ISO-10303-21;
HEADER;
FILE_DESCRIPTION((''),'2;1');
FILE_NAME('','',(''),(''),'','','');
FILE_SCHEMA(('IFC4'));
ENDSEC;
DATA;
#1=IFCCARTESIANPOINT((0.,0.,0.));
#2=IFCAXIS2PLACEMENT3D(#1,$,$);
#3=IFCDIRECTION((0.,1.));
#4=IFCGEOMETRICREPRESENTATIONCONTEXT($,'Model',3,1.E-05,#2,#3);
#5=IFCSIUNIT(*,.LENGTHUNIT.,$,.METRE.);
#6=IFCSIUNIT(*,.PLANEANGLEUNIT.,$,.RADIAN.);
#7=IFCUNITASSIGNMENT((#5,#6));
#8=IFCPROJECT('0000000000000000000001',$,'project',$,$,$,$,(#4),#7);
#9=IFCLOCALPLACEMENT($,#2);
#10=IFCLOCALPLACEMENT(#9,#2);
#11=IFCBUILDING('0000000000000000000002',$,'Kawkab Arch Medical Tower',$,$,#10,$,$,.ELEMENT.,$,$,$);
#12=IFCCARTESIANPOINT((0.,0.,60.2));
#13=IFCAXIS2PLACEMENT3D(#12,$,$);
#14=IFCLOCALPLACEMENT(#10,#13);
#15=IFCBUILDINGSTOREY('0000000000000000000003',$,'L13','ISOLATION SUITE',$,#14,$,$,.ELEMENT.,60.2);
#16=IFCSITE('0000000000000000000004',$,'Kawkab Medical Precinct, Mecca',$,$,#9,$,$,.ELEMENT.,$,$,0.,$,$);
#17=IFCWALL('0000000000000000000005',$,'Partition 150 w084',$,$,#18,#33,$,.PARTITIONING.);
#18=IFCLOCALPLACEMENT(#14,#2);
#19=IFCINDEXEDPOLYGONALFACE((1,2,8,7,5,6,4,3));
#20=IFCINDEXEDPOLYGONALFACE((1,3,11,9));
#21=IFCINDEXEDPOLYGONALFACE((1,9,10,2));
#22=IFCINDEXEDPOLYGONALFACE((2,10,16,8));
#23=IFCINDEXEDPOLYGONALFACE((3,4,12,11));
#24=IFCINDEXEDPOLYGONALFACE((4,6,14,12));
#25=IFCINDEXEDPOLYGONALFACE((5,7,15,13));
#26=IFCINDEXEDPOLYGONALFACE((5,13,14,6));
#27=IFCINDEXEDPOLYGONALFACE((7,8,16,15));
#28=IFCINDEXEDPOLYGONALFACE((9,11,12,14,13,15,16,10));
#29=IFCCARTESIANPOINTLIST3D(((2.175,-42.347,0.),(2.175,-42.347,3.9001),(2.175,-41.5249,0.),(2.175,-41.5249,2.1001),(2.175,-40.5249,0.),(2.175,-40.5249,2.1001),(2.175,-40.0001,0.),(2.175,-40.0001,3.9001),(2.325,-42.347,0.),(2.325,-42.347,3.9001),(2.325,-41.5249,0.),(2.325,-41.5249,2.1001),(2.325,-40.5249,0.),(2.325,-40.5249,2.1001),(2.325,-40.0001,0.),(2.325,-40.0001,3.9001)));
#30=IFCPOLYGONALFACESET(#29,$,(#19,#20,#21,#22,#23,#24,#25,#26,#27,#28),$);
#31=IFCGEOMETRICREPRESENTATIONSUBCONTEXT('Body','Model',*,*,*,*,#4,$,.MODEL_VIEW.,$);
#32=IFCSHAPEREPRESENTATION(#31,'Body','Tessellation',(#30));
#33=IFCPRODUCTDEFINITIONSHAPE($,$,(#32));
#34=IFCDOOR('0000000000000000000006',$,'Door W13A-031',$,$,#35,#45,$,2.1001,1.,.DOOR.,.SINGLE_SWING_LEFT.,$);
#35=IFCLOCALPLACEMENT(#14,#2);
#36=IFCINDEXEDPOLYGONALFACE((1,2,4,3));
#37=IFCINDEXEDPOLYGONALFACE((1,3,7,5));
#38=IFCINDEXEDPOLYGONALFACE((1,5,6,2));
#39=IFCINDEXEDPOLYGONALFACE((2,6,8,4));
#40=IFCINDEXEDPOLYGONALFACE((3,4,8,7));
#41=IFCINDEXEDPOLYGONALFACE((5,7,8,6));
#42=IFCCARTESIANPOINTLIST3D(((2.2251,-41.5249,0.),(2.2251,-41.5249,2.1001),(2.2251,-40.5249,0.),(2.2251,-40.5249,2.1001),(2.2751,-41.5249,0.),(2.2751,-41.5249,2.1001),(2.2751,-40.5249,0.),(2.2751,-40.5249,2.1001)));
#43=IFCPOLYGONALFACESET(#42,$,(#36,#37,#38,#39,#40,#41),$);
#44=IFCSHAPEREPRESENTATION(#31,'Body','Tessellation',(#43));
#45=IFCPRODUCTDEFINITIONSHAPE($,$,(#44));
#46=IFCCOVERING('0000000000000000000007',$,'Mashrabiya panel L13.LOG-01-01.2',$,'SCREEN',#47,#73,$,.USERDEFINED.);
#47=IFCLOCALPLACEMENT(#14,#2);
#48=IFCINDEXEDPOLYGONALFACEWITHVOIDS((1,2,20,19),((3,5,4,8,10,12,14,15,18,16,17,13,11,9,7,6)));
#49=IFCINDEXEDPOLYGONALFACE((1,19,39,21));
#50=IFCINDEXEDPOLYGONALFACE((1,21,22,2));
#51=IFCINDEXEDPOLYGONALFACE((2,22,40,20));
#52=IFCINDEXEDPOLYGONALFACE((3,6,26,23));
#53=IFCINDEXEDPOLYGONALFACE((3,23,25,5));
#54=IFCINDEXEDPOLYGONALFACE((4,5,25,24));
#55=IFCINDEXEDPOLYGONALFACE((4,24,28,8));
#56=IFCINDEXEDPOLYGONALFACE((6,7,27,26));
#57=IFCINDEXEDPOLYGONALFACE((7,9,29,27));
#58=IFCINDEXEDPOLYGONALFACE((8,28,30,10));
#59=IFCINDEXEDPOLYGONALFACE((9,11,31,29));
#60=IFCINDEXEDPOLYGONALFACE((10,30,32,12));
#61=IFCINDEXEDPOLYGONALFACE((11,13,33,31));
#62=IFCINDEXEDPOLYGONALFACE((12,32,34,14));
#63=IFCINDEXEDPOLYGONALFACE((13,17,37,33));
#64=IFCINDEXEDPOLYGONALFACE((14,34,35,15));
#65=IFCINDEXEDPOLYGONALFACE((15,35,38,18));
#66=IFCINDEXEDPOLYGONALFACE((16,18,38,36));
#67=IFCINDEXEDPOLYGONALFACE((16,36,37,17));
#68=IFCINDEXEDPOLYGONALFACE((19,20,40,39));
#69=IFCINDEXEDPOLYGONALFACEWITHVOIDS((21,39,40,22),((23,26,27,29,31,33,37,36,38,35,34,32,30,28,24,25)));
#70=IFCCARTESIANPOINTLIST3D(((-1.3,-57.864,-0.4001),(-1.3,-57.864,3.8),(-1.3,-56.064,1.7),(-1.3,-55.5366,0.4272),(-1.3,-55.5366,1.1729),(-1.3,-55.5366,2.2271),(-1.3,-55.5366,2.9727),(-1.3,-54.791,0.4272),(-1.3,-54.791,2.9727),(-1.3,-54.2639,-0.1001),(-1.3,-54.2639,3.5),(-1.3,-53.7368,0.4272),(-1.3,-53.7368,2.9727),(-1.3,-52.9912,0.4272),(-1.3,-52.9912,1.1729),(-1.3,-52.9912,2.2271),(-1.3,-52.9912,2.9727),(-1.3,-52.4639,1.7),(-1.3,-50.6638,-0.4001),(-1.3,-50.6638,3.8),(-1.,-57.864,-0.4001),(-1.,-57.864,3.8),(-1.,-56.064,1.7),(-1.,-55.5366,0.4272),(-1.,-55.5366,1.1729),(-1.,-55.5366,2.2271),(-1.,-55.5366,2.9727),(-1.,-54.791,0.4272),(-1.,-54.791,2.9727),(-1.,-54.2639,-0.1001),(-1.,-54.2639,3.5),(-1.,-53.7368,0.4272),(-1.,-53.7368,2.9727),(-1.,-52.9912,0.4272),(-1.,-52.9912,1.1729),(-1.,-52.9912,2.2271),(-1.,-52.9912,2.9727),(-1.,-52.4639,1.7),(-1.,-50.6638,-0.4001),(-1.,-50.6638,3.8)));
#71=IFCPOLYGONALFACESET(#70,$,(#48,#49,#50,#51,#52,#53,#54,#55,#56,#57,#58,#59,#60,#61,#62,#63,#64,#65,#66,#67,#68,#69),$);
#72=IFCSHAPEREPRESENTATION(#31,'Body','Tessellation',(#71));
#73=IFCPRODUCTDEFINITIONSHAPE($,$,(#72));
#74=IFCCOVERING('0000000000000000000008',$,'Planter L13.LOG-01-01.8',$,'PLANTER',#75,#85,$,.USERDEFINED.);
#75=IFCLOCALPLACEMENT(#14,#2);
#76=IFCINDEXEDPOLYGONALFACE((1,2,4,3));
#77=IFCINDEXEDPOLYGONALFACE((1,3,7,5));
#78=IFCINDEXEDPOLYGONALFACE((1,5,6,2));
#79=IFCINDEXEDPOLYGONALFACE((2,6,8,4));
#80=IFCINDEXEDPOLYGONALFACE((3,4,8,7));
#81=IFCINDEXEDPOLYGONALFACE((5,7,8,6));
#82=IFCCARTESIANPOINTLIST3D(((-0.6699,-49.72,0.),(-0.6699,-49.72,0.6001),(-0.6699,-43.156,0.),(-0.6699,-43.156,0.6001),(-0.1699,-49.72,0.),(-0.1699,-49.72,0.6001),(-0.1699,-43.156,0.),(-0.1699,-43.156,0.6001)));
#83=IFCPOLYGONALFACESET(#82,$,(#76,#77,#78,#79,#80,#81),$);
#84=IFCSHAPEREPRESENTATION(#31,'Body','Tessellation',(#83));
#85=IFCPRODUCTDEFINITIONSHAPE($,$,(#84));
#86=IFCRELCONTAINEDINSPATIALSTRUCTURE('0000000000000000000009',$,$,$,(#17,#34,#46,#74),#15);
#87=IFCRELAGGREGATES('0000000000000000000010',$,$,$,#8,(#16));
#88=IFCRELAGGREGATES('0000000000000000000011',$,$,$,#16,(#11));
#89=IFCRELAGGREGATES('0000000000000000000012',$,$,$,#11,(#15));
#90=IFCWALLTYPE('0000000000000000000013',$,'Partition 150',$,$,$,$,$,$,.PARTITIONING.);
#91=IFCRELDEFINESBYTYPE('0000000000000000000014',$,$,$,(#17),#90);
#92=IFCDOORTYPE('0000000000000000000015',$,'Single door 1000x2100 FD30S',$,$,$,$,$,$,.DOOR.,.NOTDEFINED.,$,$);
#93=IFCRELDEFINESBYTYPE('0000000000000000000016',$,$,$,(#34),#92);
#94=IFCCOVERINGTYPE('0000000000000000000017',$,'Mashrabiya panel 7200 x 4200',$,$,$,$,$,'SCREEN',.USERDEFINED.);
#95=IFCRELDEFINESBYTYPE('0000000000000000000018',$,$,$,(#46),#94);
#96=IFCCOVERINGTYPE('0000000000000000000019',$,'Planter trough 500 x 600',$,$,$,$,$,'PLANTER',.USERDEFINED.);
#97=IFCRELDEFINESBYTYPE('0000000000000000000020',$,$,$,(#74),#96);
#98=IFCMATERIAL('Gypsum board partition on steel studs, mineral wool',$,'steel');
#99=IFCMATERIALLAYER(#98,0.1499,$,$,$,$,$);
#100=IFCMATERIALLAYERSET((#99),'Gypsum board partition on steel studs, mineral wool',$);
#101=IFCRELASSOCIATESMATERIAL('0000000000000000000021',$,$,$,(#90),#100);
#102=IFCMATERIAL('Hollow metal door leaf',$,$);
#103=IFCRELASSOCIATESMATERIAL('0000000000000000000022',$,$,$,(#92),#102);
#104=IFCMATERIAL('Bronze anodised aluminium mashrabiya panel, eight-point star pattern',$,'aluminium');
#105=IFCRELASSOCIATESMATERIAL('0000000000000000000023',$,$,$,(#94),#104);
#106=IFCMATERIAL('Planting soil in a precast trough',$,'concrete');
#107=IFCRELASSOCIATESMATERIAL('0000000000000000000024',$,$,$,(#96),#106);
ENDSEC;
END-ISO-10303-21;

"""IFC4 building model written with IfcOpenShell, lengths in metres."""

from ifc_helpers import new_model, si_unit, direction, frame, frame_2d, origin, origin_2d, place, context, subcontext, project, spatial, polyline, rectangle, outline, extrude, material, layer, layer_set, material_profile, profile_set, type_object, element, fill, save


model = new_model("IFC4")

# Units and contexts
model_context = context("Model", 3, precision=1e-05, world=origin(), true_north=direction((0.0, 1.0)))
body_context = subcontext(model_context, "Body", "Model", "MODEL_VIEW")
ifc_project = project(units=[si_unit("LENGTHUNIT", "METRE"), si_unit("PLANEANGLEUNIT", "RADIAN")], contexts=[model_context])

# Site, building, storey
site_placement = place(None, origin())
site = spatial("IfcSite", under=ifc_project, at=site_placement, Name="Kawkab Medical Precinct, Mecca", CompositionType="ELEMENT", RefElevation=0.0)
building_placement = place(site_placement, origin())
building = spatial("IfcBuilding", under=site, at=building_placement, Name="Kawkab Arch Medical Tower", CompositionType="ELEMENT")
storey_placement = place(building_placement, frame((0.0, 0.0, 60.2)))
storey = spatial("IfcBuildingStorey", under=building, at=storey_placement, Name="L13", Description="ISOLATION SUITE", CompositionType="ELEMENT", Elevation=60.2)

# Shared definitions
ifc_material_1 = material(Name="Gypsum board partition on steel studs, mineral wool", Category="steel")
ifc_layer_1 = layer(ifc_material_1, 0.1499)
ifc_layer_set_1 = layer_set([ifc_layer_1], Name="Gypsum board partition on steel studs, mineral wool")
wall_type = type_object("IfcWallType", Name="Partition 150", PredefinedType="PARTITIONING", material=ifc_layer_set_1)

# Wall, opening, door
wall_1_placement = place(storey_placement, frame((2.25, -42.3469, 0.0), z_axis=(0.0, 0.0, 1.0), x_axis=(0.0, 1.0, 0.0)))
wall_1 = element("IfcWall", 1, at=wall_1_placement, inside=storey, type_object=wall_type, Name="Partition 150 w084", PredefinedType="PARTITIONING", context=body_context, shape_type="SweptSolid", body=[
    extrude(rectangle(XDim=2.3469, YDim=0.1499, at=frame_2d((1.1733, 0.0))), origin(), (0.0, 0.0, 1.0), 3.9001),
])
opening_placement = place(wall_1_placement, frame((0.822, 0.0, 0.0)))
opening = element("IfcOpeningElement", 2, at=opening_placement, cuts=wall_1, PredefinedType="OPENING", context=body_context, shape_type="SweptSolid", body=[
    extrude(rectangle(XDim=1.0, YDim=2.1001, at=frame_2d((0.5, 1.05))), frame((0.0, 0.085, 0.0), z_axis=(0.0, -1.0, 0.0), x_axis=(1.0, 0.0, 0.0)), (0.0, 0.0, 1.0), 0.1699),
])
ifc_material_2 = material(Name="Hollow metal door leaf")
door_type = type_object("IfcDoorType", Name="Single door 1000x2100 FD30S", OperationType="NOTDEFINED", PredefinedType="DOOR", material=ifc_material_2)
door_placement = place(opening_placement, origin())
door = element("IfcDoor", 3, at=door_placement, inside=storey, type_object=door_type, Name="Door W13A-031", OperationType="SINGLE_SWING_LEFT", OverallHeight=2.1001, OverallWidth=1.0, PredefinedType="DOOR", context=body_context, shape_type="SweptSolid", body=[
    extrude(rectangle(XDim=1.0, YDim=2.1001, at=frame_2d((0.5, 1.05))), frame((0.0, 0.0249, 0.0), z_axis=(0.0, -1.0, 0.0), x_axis=(1.0, 0.0, 0.0)), (0.0, 0.0, 1.0), 0.05),
])
fill(opening, door)

# Coverings
ifc_material_3 = material(Name="Bronze anodised aluminium mashrabiya panel, eight-point star pattern", Category="aluminium")
ifc_material_profile_1 = material_profile(ifc_material_3, outline(polyline([(-3.6001, -2.1001), (3.6001, -2.1001), (3.6001, 2.1001), (-3.6001, 2.1001), (-3.6001, -2.1001)]), holes=[polyline([(1.8, 0.0), (1.2727, 0.5271), (1.2727, 1.2727), (0.5271, 1.2727), (0.0, 1.8), (-0.5271, 1.2727), (-1.2727, 1.2727), (-1.2727, 0.5271), (-1.8, 0.0), (-1.2727, -0.5271), (-1.2727, -1.2727), (-0.5271, -1.2727), (0.0, -1.8), (0.5271, -1.2727), (1.2727, -1.2727), (1.2727, -0.5271), (1.8, 0.0)])]), Name="Mashrabiya panel 7200x4200")
ifc_profile_set_1 = profile_set([ifc_material_profile_1], Name="Bronze anodised aluminium mashrabiya panel, eight-point star pattern")
covering_type_1 = type_object("IfcCoveringType", Name="Mashrabiya panel 7200 x 4200", ElementType="SCREEN", PredefinedType="USERDEFINED", material=ifc_profile_set_1)
covering_1_placement = place(storey_placement, frame((-1.0, -54.2639, 1.7), z_axis=(-1.0, 0.0, 0.0), x_axis=(0.0, -1.0, 0.0)))
element("IfcCovering", 4, at=covering_1_placement, inside=storey, type_object=covering_type_1, Name="Mashrabiya panel L13.LOG-01-01.2", ObjectType="SCREEN", PredefinedType="USERDEFINED", context=body_context, shape_type="SweptSolid", body=[
    extrude(outline(polyline([(-3.6001, -2.1001), (3.6001, -2.1001), (3.6001, 2.1001), (-3.6001, 2.1001), (-3.6001, -2.1001)]), holes=[polyline([(1.8, 0.0), (1.2727, 0.5271), (1.2727, 1.2727), (0.5271, 1.2727), (0.0, 1.8), (-0.5271, 1.2727), (-1.2727, 1.2727), (-1.2727, 0.5271), (-1.8, 0.0), (-1.2727, -0.5271), (-1.2727, -1.2727), (-0.5271, -1.2727), (0.0, -1.8), (0.5271, -1.2727), (1.2727, -1.2727), (1.2727, -0.5271), (1.8, 0.0)])]), origin(), (0.0, 0.0, 1.0), 0.3),
])
ifc_material_4 = material(Name="Planting soil in a precast trough", Category="concrete")
ifc_material_profile_2 = material_profile(ifc_material_4, rectangle(XDim=0.5, YDim=0.6001, at=origin_2d()), Name="Trough 500x600")
ifc_profile_set_2 = profile_set([ifc_material_profile_2], Name="Planting soil in a precast trough")
covering_type_2 = type_object("IfcCoveringType", Name="Planter trough 500 x 600", ElementType="PLANTER", PredefinedType="USERDEFINED", material=ifc_profile_set_2)
covering_2_placement = place(storey_placement, frame((-0.4199, -49.72, 0.3), z_axis=(0.0, 1.0, 0.0), x_axis=(-1.0, 0.0, 0.0)))
element("IfcCovering", 5, at=covering_2_placement, inside=storey, type_object=covering_type_2, Name="Planter L13.LOG-01-01.8", ObjectType="PLANTER", PredefinedType="USERDEFINED", context=body_context, shape_type="SweptSolid", body=[
    extrude(rectangle(XDim=0.5, YDim=0.6001, at=origin_2d()), origin(), (0.0, 0.0, 1.0), 6.564),
])

save(model, "model.ifc")
